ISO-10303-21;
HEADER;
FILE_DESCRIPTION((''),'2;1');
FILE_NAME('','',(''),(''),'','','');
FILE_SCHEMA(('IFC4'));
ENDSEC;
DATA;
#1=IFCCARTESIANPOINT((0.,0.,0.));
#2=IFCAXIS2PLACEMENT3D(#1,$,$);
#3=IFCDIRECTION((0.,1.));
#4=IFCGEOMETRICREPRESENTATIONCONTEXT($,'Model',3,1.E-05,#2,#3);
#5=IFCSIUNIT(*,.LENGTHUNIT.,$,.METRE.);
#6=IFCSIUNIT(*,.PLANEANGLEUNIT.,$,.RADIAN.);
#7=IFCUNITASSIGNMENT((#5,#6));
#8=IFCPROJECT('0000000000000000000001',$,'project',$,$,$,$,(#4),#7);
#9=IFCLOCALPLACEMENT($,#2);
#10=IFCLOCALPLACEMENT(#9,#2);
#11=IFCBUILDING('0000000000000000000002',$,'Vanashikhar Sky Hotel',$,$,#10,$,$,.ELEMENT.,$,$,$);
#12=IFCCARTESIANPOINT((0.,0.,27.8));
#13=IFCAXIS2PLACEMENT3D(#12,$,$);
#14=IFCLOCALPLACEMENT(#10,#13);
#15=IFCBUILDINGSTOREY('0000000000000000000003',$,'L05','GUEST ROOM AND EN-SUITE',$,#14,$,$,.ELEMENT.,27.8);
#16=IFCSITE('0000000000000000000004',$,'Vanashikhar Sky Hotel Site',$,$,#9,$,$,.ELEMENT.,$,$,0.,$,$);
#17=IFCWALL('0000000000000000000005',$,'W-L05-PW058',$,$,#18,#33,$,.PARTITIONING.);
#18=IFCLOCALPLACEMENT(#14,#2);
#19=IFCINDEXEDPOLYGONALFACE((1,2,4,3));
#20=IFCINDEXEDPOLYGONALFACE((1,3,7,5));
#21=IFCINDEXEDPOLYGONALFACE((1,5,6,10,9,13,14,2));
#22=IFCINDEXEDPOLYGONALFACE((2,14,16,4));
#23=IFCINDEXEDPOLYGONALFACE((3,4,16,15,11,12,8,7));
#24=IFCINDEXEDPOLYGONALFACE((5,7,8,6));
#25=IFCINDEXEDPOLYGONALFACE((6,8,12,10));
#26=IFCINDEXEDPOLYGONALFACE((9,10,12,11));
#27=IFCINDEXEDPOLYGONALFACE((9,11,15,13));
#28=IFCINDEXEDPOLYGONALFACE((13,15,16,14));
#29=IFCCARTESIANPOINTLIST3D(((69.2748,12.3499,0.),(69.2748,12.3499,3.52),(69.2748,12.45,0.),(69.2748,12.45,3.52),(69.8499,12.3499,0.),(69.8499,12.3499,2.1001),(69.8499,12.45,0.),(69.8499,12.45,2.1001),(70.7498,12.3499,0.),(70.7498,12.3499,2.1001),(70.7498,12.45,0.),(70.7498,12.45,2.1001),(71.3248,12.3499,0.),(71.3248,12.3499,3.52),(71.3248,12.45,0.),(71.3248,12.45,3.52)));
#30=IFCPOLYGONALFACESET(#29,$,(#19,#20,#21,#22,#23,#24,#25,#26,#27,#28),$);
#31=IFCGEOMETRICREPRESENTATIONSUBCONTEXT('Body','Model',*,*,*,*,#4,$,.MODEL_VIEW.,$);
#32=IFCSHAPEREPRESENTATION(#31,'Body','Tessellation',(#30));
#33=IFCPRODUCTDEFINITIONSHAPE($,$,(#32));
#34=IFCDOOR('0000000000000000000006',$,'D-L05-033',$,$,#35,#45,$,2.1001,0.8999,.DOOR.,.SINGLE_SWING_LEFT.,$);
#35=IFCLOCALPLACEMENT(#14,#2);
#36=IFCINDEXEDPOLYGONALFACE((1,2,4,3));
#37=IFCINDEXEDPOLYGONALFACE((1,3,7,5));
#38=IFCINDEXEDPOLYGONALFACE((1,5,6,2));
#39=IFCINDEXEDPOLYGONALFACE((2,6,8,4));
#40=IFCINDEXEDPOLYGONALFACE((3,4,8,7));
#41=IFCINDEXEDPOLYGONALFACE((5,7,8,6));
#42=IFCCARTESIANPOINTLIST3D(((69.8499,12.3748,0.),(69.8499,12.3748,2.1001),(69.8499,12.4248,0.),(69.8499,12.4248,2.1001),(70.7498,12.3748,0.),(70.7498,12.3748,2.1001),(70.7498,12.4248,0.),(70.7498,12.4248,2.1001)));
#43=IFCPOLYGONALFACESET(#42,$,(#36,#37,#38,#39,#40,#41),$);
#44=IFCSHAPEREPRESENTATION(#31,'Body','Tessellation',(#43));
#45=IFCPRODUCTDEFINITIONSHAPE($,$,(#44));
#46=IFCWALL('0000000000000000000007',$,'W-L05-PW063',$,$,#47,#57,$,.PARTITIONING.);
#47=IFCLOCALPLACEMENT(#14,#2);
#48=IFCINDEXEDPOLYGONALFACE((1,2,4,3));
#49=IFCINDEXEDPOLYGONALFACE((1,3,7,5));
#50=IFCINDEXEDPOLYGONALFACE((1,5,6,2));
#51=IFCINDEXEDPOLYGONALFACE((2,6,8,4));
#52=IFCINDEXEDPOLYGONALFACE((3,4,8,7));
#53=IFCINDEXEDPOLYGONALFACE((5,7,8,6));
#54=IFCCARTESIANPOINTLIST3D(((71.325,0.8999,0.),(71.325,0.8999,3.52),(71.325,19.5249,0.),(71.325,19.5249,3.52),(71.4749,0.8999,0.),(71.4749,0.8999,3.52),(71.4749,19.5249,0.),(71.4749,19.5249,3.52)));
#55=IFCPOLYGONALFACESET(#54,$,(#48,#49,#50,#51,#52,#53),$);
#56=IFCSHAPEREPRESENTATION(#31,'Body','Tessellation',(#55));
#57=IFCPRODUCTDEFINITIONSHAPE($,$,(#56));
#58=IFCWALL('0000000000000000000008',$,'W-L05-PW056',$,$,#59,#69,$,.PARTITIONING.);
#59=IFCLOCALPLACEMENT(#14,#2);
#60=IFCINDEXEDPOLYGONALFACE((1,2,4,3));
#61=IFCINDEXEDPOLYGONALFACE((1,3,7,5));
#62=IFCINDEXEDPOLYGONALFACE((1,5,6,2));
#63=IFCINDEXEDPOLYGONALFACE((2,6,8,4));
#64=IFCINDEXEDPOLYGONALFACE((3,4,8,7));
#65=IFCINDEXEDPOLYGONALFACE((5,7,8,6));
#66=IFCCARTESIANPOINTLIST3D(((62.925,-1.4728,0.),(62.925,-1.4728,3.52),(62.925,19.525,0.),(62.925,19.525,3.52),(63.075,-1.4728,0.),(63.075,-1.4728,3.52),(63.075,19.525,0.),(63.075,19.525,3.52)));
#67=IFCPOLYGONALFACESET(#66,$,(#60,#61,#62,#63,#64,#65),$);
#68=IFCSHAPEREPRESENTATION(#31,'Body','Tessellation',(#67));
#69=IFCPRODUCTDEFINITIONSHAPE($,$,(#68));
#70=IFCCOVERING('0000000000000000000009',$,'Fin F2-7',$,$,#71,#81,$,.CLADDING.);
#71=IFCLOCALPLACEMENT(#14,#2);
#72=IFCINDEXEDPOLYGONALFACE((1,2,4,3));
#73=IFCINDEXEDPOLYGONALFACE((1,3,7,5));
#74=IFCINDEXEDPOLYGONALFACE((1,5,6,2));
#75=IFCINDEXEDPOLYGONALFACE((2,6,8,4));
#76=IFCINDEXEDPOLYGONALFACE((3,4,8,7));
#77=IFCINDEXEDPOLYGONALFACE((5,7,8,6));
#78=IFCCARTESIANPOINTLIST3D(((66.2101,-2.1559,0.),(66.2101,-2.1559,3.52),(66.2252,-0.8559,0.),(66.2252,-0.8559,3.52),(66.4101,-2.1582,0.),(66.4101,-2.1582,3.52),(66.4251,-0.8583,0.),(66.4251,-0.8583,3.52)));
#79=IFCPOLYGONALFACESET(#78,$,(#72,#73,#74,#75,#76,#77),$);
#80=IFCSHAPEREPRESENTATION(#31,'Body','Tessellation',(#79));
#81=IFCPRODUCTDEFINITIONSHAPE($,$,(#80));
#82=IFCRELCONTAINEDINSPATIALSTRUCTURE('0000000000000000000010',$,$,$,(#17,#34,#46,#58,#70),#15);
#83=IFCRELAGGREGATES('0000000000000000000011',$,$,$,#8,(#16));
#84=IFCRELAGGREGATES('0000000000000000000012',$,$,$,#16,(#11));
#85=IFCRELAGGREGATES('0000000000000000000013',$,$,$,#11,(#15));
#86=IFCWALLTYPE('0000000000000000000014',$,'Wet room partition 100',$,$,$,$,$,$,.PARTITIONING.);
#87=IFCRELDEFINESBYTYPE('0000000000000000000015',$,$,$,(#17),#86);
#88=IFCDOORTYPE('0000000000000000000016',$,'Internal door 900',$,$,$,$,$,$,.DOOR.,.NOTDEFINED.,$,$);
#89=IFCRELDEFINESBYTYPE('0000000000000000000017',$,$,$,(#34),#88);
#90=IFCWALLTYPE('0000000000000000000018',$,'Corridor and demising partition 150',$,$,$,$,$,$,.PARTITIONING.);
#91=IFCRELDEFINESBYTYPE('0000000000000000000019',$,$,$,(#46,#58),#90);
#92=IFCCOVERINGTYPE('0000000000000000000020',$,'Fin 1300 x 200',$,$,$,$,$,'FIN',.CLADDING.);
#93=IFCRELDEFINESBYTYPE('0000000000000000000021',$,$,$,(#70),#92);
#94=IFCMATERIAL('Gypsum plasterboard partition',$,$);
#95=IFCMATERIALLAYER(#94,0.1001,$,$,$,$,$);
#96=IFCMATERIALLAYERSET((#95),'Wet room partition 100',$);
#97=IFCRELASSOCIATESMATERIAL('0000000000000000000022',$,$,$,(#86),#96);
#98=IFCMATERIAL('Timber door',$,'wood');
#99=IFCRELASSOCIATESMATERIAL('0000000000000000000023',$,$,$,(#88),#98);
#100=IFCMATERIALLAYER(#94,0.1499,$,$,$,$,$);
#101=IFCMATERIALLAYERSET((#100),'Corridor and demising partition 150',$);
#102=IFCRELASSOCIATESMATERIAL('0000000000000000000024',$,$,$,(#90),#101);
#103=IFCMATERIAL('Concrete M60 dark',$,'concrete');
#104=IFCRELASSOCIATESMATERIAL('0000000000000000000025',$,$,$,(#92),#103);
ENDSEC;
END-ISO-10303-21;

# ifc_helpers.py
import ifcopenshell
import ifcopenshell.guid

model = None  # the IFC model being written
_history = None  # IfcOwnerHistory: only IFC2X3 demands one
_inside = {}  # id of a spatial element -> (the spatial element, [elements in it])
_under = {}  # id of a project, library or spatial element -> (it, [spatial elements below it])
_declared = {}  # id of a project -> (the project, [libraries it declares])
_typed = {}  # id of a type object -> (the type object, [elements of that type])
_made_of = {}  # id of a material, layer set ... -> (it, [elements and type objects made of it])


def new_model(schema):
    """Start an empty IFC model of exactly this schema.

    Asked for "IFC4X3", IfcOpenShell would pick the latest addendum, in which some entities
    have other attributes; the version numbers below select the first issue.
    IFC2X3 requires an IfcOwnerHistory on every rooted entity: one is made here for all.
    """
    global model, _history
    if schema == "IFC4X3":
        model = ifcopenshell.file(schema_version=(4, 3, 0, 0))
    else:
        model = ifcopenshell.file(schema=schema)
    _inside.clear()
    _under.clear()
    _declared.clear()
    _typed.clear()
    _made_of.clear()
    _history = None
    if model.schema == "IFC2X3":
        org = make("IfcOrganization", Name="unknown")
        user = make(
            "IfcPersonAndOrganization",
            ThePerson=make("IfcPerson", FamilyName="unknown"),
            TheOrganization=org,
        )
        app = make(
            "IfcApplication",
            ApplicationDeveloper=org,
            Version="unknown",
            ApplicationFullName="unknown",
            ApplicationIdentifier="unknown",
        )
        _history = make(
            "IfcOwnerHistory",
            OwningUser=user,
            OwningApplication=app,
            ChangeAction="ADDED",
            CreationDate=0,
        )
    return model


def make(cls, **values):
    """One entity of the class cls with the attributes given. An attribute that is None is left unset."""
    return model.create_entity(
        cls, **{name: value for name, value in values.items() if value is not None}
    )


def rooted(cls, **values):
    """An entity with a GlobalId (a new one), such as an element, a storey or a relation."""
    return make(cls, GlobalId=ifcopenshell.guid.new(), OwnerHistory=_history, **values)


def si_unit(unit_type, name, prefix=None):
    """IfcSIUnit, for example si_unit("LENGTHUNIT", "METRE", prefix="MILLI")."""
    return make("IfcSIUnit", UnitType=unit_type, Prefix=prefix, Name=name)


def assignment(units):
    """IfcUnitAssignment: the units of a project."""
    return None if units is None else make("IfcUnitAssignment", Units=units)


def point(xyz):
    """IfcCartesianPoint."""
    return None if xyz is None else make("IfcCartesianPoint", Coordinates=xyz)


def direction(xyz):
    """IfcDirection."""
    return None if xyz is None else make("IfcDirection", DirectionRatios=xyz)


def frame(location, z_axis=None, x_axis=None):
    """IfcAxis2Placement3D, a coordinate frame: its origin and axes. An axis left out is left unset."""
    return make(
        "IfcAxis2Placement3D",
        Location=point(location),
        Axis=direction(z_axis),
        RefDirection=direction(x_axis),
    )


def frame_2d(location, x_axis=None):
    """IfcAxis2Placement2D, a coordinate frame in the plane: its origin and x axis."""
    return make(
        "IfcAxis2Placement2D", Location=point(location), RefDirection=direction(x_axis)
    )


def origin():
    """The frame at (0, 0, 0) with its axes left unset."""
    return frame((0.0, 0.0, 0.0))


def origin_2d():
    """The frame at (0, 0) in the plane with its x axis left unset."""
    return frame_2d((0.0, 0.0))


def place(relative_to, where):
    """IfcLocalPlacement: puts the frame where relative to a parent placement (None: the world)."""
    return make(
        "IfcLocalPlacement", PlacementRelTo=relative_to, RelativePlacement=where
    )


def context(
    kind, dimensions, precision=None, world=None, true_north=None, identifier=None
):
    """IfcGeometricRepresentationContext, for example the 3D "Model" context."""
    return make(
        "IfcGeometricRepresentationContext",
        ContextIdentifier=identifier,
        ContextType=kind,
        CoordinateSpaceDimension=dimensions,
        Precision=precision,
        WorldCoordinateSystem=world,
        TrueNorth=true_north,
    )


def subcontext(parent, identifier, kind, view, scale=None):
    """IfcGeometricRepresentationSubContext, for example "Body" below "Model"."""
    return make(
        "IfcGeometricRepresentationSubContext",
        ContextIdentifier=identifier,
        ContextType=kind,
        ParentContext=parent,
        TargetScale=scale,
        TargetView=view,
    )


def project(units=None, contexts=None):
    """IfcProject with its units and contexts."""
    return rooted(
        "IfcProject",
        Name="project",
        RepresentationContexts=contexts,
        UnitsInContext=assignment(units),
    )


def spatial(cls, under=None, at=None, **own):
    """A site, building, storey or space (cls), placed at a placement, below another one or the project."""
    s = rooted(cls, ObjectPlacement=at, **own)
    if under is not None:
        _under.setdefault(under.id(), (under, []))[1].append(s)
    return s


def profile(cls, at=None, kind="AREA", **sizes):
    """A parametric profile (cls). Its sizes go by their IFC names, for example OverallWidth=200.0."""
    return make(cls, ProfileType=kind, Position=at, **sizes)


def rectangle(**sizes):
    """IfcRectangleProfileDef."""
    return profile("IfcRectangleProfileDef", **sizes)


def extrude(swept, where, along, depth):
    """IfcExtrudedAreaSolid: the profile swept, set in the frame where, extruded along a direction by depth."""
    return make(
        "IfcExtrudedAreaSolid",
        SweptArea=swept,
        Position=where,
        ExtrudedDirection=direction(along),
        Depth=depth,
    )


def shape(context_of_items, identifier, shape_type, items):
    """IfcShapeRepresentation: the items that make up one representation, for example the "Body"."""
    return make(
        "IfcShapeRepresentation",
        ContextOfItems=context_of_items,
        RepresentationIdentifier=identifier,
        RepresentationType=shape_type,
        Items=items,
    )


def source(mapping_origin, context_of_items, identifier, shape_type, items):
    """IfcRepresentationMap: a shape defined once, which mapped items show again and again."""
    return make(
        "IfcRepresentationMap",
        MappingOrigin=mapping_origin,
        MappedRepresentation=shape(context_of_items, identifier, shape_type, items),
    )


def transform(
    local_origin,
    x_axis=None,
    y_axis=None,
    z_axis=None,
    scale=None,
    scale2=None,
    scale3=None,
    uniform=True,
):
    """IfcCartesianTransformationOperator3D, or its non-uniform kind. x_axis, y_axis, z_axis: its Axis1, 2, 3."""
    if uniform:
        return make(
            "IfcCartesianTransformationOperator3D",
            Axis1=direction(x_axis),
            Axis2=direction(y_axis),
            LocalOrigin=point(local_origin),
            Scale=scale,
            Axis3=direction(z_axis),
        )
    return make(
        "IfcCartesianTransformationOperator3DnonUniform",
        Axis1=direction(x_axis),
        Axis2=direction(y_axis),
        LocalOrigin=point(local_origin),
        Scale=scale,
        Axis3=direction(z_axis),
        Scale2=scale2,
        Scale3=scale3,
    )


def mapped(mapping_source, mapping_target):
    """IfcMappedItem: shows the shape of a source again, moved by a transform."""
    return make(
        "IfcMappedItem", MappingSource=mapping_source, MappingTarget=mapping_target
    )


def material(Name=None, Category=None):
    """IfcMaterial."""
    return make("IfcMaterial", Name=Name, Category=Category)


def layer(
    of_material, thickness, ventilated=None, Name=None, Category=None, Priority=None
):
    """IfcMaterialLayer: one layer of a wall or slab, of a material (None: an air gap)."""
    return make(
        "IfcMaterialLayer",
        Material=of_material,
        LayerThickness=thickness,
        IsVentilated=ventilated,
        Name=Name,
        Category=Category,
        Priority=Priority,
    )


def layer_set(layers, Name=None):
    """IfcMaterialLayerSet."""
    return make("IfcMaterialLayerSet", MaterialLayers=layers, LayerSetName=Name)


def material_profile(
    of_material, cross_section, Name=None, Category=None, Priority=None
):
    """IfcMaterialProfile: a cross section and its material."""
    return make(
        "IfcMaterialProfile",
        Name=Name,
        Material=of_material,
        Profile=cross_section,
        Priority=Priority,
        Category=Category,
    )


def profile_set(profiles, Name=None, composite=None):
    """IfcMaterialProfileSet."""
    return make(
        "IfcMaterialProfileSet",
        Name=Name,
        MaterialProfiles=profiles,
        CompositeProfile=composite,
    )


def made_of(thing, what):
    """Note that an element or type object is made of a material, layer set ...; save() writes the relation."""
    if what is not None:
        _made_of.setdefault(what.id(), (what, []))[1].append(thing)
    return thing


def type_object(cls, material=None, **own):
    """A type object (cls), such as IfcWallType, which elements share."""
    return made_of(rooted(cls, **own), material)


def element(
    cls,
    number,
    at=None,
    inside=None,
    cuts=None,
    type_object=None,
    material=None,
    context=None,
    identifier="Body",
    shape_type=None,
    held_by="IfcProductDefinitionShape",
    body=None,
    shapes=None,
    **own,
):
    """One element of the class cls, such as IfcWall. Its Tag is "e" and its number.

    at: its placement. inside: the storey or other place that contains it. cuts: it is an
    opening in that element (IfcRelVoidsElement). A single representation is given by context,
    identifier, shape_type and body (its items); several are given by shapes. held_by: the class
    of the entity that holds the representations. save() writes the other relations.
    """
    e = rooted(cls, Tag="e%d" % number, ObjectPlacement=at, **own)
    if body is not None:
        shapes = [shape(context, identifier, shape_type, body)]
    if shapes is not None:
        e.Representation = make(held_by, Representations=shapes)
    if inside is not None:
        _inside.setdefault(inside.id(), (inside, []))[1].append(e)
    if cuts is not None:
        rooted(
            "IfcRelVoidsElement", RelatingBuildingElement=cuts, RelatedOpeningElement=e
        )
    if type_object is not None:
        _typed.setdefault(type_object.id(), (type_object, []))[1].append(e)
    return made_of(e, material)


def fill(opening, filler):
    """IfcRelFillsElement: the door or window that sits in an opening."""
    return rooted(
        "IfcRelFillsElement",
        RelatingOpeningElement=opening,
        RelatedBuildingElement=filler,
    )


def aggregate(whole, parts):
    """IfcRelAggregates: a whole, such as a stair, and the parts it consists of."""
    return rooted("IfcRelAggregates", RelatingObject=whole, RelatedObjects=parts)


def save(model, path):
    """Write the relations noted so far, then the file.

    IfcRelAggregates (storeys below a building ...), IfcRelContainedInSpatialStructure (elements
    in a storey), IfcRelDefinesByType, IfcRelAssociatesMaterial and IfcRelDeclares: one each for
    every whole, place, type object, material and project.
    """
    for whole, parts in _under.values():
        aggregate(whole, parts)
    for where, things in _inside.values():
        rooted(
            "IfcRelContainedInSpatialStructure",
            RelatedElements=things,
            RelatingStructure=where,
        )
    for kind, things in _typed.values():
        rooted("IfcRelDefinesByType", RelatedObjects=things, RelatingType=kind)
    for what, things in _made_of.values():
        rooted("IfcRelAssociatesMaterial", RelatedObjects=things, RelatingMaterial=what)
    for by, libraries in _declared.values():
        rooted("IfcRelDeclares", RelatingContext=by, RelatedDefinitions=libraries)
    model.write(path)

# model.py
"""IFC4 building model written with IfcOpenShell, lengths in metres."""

from ifc_helpers import new_model, si_unit, direction, frame, frame_2d, origin, origin_2d, place, context, subcontext, project, spatial, rectangle, extrude, source, transform, mapped, material, layer, layer_set, material_profile, profile_set, type_object, element, fill, save


model = new_model("IFC4")

# Units and contexts
model_context = context("Model", 3, precision=1e-05, world=origin(), true_north=direction((0.0, 1.0)))
body_context = subcontext(model_context, "Body", "Model", "MODEL_VIEW")
ifc_project = project(units=[si_unit("LENGTHUNIT", "METRE"), si_unit("PLANEANGLEUNIT", "RADIAN")], contexts=[model_context])

# Site, building, storey
site_placement = place(None, origin())
site = spatial("IfcSite", under=ifc_project, at=site_placement, Name="Vanashikhar Sky Hotel Site", CompositionType="ELEMENT", RefElevation=0.0)
building_placement = place(site_placement, origin())
building = spatial("IfcBuilding", under=site, at=building_placement, Name="Vanashikhar Sky Hotel", CompositionType="ELEMENT")
storey_placement = place(building_placement, frame((0.0, 0.0, 27.8)))
storey = spatial("IfcBuildingStorey", under=building, at=storey_placement, Name="L05", Description="GUEST ROOM AND EN-SUITE", CompositionType="ELEMENT", Elevation=27.8)

# Wall, opening, door
ifc_material_1 = material(Name="Gypsum plasterboard partition")
ifc_layer_1 = layer(ifc_material_1, 0.1001)
ifc_layer_set_1 = layer_set([ifc_layer_1], Name="Wet room partition 100")
wall_type_1 = type_object("IfcWallType", Name="Wet room partition 100", PredefinedType="PARTITIONING", material=ifc_layer_set_1)
shared_shape_1 = source(origin(), body_context, "Body", "SweptSolid", [
    extrude(rectangle(XDim=2.05, YDim=0.1001, at=frame_2d((1.0249, 0.0))), origin(), (0.0, 0.0, 1.0), 3.52),
])
shared_shape_2 = source(origin(), body_context, "Body", "SweptSolid", [
    extrude(rectangle(XDim=0.8999, YDim=2.1001, at=frame_2d((0.45, 1.05))), frame((0.0, 0.0601, 0.0), z_axis=(0.0, -1.0, 0.0), x_axis=(1.0, 0.0, 0.0)), (0.0, 0.0, 1.0), 0.1201),
])
ifc_material_2 = material(Name="Timber door", Category="wood")
door_type_1 = type_object("IfcDoorType", Name="Internal door 900", OperationType="NOTDEFINED", PredefinedType="DOOR", material=ifc_material_2)
shared_shape_3 = source(origin(), body_context, "Body", "SweptSolid", [
    extrude(rectangle(XDim=0.8999, YDim=2.1001, at=frame_2d((0.45, 1.05))), frame((0.0, 0.0249, 0.0), z_axis=(0.0, -1.0, 0.0), x_axis=(1.0, 0.0, 0.0)), (0.0, 0.0, 1.0), 0.05),
])
wall_1_placement = place(storey_placement, frame((69.2749, 12.3999, 0.0), z_axis=(0.0, 0.0, 1.0), x_axis=(1.0, 0.0, 0.0)))
wall_1 = element("IfcWall", 1, at=wall_1_placement, inside=storey, type_object=wall_type_1, Name="W-L05-PW058", PredefinedType="PARTITIONING", context=body_context, shape_type="MappedRepresentation", body=[
    mapped(shared_shape_1, transform((0.0, 0.0, 0.0), scale=1.0)),
])
opening_1_placement = place(wall_1_placement, frame((0.575, 0.0, 0.0)))
opening_1 = element("IfcOpeningElement", 2, at=opening_1_placement, cuts=wall_1, PredefinedType="OPENING", context=body_context, shape_type="MappedRepresentation", body=[
    mapped(shared_shape_2, transform((0.0, 0.0, 0.0), scale=1.0)),
])
door_1_placement = place(opening_1_placement, origin())
door_1 = element("IfcDoor", 3, at=door_1_placement, inside=storey, type_object=door_type_1, Name="D-L05-033", OperationType="SINGLE_SWING_LEFT", OverallHeight=2.1001, OverallWidth=0.8999, PredefinedType="DOOR", context=body_context, shape_type="MappedRepresentation", body=[
    mapped(shared_shape_3, transform((0.0, 0.0, 0.0), scale=1.0)),
])
fill(opening_1, door_1)

# Walls
ifc_layer_2 = layer(ifc_material_1, 0.1499)
ifc_layer_set_2 = layer_set([ifc_layer_2], Name="Corridor and demising partition 150")
wall_type_2 = type_object("IfcWallType", Name="Corridor and demising partition 150", PredefinedType="PARTITIONING", material=ifc_layer_set_2)
shared_shape_4 = source(origin(), body_context, "Body", "SweptSolid", [
    extrude(rectangle(XDim=18.625, YDim=0.1499, at=frame_2d((9.3125, 0.0))), origin(), (0.0, 0.0, 1.0), 3.52),
])
wall_2_placement = place(storey_placement, frame((71.3999, 0.8999, 0.0), z_axis=(0.0, 0.0, 1.0), x_axis=(0.0, 1.0, 0.0)))
element("IfcWall", 4, at=wall_2_placement, inside=storey, type_object=wall_type_2, Name="W-L05-PW063", PredefinedType="PARTITIONING", context=body_context, shape_type="MappedRepresentation", body=[
    mapped(shared_shape_4, transform((0.0, 0.0, 0.0), scale=1.0)),
])
shared_shape_5 = source(origin(), body_context, "Body", "SweptSolid", [
    extrude(rectangle(XDim=20.9978, YDim=0.1499, at=frame_2d((10.499, 0.0))), origin(), (0.0, 0.0, 1.0), 3.52),
])
wall_3_placement = place(storey_placement, frame((63.0, -1.4729, 0.0), z_axis=(0.0, 0.0, 1.0), x_axis=(0.0, 1.0, 0.0)))
element("IfcWall", 5, at=wall_3_placement, inside=storey, type_object=wall_type_2, Name="W-L05-PW056", PredefinedType="PARTITIONING", context=body_context, shape_type="MappedRepresentation", body=[
    mapped(shared_shape_5, transform((0.0, 0.0, 0.0), scale=1.0)),
])

# Covering
ifc_material_3 = material(Name="Concrete M60 dark", Category="concrete")
ifc_material_profile_1 = material_profile(ifc_material_3, rectangle(XDim=1.3, YDim=0.2, at=origin_2d()))
ifc_profile_set_1 = profile_set([ifc_material_profile_1], Name="Fin 1300 x 200")
covering_type = type_object("IfcCoveringType", Name="Fin 1300 x 200", ElementType="FIN", PredefinedType="CLADDING", material=ifc_profile_set_1)
shared_shape_6 = source(origin(), body_context, "Body", "SweptSolid", [
    extrude(rectangle(XDim=1.3, YDim=0.2, at=origin_2d()), origin(), (0.0, 0.0, 1.0), 3.52),
])
covering_placement = place(storey_placement, frame((66.3176, -1.5071, 0.0), z_axis=(0.0, 0.0, 1.0), x_axis=(-0.011589, -0.999933, 0.0)))
element("IfcCovering", 6, at=covering_placement, inside=storey, type_object=covering_type, Name="Fin F2-7", PredefinedType="CLADDING", context=body_context, shape_type="MappedRepresentation", body=[
    mapped(shared_shape_6, transform((0.0, 0.0, 0.0), scale=1.0)),
])

save(model, "model.ifc")
